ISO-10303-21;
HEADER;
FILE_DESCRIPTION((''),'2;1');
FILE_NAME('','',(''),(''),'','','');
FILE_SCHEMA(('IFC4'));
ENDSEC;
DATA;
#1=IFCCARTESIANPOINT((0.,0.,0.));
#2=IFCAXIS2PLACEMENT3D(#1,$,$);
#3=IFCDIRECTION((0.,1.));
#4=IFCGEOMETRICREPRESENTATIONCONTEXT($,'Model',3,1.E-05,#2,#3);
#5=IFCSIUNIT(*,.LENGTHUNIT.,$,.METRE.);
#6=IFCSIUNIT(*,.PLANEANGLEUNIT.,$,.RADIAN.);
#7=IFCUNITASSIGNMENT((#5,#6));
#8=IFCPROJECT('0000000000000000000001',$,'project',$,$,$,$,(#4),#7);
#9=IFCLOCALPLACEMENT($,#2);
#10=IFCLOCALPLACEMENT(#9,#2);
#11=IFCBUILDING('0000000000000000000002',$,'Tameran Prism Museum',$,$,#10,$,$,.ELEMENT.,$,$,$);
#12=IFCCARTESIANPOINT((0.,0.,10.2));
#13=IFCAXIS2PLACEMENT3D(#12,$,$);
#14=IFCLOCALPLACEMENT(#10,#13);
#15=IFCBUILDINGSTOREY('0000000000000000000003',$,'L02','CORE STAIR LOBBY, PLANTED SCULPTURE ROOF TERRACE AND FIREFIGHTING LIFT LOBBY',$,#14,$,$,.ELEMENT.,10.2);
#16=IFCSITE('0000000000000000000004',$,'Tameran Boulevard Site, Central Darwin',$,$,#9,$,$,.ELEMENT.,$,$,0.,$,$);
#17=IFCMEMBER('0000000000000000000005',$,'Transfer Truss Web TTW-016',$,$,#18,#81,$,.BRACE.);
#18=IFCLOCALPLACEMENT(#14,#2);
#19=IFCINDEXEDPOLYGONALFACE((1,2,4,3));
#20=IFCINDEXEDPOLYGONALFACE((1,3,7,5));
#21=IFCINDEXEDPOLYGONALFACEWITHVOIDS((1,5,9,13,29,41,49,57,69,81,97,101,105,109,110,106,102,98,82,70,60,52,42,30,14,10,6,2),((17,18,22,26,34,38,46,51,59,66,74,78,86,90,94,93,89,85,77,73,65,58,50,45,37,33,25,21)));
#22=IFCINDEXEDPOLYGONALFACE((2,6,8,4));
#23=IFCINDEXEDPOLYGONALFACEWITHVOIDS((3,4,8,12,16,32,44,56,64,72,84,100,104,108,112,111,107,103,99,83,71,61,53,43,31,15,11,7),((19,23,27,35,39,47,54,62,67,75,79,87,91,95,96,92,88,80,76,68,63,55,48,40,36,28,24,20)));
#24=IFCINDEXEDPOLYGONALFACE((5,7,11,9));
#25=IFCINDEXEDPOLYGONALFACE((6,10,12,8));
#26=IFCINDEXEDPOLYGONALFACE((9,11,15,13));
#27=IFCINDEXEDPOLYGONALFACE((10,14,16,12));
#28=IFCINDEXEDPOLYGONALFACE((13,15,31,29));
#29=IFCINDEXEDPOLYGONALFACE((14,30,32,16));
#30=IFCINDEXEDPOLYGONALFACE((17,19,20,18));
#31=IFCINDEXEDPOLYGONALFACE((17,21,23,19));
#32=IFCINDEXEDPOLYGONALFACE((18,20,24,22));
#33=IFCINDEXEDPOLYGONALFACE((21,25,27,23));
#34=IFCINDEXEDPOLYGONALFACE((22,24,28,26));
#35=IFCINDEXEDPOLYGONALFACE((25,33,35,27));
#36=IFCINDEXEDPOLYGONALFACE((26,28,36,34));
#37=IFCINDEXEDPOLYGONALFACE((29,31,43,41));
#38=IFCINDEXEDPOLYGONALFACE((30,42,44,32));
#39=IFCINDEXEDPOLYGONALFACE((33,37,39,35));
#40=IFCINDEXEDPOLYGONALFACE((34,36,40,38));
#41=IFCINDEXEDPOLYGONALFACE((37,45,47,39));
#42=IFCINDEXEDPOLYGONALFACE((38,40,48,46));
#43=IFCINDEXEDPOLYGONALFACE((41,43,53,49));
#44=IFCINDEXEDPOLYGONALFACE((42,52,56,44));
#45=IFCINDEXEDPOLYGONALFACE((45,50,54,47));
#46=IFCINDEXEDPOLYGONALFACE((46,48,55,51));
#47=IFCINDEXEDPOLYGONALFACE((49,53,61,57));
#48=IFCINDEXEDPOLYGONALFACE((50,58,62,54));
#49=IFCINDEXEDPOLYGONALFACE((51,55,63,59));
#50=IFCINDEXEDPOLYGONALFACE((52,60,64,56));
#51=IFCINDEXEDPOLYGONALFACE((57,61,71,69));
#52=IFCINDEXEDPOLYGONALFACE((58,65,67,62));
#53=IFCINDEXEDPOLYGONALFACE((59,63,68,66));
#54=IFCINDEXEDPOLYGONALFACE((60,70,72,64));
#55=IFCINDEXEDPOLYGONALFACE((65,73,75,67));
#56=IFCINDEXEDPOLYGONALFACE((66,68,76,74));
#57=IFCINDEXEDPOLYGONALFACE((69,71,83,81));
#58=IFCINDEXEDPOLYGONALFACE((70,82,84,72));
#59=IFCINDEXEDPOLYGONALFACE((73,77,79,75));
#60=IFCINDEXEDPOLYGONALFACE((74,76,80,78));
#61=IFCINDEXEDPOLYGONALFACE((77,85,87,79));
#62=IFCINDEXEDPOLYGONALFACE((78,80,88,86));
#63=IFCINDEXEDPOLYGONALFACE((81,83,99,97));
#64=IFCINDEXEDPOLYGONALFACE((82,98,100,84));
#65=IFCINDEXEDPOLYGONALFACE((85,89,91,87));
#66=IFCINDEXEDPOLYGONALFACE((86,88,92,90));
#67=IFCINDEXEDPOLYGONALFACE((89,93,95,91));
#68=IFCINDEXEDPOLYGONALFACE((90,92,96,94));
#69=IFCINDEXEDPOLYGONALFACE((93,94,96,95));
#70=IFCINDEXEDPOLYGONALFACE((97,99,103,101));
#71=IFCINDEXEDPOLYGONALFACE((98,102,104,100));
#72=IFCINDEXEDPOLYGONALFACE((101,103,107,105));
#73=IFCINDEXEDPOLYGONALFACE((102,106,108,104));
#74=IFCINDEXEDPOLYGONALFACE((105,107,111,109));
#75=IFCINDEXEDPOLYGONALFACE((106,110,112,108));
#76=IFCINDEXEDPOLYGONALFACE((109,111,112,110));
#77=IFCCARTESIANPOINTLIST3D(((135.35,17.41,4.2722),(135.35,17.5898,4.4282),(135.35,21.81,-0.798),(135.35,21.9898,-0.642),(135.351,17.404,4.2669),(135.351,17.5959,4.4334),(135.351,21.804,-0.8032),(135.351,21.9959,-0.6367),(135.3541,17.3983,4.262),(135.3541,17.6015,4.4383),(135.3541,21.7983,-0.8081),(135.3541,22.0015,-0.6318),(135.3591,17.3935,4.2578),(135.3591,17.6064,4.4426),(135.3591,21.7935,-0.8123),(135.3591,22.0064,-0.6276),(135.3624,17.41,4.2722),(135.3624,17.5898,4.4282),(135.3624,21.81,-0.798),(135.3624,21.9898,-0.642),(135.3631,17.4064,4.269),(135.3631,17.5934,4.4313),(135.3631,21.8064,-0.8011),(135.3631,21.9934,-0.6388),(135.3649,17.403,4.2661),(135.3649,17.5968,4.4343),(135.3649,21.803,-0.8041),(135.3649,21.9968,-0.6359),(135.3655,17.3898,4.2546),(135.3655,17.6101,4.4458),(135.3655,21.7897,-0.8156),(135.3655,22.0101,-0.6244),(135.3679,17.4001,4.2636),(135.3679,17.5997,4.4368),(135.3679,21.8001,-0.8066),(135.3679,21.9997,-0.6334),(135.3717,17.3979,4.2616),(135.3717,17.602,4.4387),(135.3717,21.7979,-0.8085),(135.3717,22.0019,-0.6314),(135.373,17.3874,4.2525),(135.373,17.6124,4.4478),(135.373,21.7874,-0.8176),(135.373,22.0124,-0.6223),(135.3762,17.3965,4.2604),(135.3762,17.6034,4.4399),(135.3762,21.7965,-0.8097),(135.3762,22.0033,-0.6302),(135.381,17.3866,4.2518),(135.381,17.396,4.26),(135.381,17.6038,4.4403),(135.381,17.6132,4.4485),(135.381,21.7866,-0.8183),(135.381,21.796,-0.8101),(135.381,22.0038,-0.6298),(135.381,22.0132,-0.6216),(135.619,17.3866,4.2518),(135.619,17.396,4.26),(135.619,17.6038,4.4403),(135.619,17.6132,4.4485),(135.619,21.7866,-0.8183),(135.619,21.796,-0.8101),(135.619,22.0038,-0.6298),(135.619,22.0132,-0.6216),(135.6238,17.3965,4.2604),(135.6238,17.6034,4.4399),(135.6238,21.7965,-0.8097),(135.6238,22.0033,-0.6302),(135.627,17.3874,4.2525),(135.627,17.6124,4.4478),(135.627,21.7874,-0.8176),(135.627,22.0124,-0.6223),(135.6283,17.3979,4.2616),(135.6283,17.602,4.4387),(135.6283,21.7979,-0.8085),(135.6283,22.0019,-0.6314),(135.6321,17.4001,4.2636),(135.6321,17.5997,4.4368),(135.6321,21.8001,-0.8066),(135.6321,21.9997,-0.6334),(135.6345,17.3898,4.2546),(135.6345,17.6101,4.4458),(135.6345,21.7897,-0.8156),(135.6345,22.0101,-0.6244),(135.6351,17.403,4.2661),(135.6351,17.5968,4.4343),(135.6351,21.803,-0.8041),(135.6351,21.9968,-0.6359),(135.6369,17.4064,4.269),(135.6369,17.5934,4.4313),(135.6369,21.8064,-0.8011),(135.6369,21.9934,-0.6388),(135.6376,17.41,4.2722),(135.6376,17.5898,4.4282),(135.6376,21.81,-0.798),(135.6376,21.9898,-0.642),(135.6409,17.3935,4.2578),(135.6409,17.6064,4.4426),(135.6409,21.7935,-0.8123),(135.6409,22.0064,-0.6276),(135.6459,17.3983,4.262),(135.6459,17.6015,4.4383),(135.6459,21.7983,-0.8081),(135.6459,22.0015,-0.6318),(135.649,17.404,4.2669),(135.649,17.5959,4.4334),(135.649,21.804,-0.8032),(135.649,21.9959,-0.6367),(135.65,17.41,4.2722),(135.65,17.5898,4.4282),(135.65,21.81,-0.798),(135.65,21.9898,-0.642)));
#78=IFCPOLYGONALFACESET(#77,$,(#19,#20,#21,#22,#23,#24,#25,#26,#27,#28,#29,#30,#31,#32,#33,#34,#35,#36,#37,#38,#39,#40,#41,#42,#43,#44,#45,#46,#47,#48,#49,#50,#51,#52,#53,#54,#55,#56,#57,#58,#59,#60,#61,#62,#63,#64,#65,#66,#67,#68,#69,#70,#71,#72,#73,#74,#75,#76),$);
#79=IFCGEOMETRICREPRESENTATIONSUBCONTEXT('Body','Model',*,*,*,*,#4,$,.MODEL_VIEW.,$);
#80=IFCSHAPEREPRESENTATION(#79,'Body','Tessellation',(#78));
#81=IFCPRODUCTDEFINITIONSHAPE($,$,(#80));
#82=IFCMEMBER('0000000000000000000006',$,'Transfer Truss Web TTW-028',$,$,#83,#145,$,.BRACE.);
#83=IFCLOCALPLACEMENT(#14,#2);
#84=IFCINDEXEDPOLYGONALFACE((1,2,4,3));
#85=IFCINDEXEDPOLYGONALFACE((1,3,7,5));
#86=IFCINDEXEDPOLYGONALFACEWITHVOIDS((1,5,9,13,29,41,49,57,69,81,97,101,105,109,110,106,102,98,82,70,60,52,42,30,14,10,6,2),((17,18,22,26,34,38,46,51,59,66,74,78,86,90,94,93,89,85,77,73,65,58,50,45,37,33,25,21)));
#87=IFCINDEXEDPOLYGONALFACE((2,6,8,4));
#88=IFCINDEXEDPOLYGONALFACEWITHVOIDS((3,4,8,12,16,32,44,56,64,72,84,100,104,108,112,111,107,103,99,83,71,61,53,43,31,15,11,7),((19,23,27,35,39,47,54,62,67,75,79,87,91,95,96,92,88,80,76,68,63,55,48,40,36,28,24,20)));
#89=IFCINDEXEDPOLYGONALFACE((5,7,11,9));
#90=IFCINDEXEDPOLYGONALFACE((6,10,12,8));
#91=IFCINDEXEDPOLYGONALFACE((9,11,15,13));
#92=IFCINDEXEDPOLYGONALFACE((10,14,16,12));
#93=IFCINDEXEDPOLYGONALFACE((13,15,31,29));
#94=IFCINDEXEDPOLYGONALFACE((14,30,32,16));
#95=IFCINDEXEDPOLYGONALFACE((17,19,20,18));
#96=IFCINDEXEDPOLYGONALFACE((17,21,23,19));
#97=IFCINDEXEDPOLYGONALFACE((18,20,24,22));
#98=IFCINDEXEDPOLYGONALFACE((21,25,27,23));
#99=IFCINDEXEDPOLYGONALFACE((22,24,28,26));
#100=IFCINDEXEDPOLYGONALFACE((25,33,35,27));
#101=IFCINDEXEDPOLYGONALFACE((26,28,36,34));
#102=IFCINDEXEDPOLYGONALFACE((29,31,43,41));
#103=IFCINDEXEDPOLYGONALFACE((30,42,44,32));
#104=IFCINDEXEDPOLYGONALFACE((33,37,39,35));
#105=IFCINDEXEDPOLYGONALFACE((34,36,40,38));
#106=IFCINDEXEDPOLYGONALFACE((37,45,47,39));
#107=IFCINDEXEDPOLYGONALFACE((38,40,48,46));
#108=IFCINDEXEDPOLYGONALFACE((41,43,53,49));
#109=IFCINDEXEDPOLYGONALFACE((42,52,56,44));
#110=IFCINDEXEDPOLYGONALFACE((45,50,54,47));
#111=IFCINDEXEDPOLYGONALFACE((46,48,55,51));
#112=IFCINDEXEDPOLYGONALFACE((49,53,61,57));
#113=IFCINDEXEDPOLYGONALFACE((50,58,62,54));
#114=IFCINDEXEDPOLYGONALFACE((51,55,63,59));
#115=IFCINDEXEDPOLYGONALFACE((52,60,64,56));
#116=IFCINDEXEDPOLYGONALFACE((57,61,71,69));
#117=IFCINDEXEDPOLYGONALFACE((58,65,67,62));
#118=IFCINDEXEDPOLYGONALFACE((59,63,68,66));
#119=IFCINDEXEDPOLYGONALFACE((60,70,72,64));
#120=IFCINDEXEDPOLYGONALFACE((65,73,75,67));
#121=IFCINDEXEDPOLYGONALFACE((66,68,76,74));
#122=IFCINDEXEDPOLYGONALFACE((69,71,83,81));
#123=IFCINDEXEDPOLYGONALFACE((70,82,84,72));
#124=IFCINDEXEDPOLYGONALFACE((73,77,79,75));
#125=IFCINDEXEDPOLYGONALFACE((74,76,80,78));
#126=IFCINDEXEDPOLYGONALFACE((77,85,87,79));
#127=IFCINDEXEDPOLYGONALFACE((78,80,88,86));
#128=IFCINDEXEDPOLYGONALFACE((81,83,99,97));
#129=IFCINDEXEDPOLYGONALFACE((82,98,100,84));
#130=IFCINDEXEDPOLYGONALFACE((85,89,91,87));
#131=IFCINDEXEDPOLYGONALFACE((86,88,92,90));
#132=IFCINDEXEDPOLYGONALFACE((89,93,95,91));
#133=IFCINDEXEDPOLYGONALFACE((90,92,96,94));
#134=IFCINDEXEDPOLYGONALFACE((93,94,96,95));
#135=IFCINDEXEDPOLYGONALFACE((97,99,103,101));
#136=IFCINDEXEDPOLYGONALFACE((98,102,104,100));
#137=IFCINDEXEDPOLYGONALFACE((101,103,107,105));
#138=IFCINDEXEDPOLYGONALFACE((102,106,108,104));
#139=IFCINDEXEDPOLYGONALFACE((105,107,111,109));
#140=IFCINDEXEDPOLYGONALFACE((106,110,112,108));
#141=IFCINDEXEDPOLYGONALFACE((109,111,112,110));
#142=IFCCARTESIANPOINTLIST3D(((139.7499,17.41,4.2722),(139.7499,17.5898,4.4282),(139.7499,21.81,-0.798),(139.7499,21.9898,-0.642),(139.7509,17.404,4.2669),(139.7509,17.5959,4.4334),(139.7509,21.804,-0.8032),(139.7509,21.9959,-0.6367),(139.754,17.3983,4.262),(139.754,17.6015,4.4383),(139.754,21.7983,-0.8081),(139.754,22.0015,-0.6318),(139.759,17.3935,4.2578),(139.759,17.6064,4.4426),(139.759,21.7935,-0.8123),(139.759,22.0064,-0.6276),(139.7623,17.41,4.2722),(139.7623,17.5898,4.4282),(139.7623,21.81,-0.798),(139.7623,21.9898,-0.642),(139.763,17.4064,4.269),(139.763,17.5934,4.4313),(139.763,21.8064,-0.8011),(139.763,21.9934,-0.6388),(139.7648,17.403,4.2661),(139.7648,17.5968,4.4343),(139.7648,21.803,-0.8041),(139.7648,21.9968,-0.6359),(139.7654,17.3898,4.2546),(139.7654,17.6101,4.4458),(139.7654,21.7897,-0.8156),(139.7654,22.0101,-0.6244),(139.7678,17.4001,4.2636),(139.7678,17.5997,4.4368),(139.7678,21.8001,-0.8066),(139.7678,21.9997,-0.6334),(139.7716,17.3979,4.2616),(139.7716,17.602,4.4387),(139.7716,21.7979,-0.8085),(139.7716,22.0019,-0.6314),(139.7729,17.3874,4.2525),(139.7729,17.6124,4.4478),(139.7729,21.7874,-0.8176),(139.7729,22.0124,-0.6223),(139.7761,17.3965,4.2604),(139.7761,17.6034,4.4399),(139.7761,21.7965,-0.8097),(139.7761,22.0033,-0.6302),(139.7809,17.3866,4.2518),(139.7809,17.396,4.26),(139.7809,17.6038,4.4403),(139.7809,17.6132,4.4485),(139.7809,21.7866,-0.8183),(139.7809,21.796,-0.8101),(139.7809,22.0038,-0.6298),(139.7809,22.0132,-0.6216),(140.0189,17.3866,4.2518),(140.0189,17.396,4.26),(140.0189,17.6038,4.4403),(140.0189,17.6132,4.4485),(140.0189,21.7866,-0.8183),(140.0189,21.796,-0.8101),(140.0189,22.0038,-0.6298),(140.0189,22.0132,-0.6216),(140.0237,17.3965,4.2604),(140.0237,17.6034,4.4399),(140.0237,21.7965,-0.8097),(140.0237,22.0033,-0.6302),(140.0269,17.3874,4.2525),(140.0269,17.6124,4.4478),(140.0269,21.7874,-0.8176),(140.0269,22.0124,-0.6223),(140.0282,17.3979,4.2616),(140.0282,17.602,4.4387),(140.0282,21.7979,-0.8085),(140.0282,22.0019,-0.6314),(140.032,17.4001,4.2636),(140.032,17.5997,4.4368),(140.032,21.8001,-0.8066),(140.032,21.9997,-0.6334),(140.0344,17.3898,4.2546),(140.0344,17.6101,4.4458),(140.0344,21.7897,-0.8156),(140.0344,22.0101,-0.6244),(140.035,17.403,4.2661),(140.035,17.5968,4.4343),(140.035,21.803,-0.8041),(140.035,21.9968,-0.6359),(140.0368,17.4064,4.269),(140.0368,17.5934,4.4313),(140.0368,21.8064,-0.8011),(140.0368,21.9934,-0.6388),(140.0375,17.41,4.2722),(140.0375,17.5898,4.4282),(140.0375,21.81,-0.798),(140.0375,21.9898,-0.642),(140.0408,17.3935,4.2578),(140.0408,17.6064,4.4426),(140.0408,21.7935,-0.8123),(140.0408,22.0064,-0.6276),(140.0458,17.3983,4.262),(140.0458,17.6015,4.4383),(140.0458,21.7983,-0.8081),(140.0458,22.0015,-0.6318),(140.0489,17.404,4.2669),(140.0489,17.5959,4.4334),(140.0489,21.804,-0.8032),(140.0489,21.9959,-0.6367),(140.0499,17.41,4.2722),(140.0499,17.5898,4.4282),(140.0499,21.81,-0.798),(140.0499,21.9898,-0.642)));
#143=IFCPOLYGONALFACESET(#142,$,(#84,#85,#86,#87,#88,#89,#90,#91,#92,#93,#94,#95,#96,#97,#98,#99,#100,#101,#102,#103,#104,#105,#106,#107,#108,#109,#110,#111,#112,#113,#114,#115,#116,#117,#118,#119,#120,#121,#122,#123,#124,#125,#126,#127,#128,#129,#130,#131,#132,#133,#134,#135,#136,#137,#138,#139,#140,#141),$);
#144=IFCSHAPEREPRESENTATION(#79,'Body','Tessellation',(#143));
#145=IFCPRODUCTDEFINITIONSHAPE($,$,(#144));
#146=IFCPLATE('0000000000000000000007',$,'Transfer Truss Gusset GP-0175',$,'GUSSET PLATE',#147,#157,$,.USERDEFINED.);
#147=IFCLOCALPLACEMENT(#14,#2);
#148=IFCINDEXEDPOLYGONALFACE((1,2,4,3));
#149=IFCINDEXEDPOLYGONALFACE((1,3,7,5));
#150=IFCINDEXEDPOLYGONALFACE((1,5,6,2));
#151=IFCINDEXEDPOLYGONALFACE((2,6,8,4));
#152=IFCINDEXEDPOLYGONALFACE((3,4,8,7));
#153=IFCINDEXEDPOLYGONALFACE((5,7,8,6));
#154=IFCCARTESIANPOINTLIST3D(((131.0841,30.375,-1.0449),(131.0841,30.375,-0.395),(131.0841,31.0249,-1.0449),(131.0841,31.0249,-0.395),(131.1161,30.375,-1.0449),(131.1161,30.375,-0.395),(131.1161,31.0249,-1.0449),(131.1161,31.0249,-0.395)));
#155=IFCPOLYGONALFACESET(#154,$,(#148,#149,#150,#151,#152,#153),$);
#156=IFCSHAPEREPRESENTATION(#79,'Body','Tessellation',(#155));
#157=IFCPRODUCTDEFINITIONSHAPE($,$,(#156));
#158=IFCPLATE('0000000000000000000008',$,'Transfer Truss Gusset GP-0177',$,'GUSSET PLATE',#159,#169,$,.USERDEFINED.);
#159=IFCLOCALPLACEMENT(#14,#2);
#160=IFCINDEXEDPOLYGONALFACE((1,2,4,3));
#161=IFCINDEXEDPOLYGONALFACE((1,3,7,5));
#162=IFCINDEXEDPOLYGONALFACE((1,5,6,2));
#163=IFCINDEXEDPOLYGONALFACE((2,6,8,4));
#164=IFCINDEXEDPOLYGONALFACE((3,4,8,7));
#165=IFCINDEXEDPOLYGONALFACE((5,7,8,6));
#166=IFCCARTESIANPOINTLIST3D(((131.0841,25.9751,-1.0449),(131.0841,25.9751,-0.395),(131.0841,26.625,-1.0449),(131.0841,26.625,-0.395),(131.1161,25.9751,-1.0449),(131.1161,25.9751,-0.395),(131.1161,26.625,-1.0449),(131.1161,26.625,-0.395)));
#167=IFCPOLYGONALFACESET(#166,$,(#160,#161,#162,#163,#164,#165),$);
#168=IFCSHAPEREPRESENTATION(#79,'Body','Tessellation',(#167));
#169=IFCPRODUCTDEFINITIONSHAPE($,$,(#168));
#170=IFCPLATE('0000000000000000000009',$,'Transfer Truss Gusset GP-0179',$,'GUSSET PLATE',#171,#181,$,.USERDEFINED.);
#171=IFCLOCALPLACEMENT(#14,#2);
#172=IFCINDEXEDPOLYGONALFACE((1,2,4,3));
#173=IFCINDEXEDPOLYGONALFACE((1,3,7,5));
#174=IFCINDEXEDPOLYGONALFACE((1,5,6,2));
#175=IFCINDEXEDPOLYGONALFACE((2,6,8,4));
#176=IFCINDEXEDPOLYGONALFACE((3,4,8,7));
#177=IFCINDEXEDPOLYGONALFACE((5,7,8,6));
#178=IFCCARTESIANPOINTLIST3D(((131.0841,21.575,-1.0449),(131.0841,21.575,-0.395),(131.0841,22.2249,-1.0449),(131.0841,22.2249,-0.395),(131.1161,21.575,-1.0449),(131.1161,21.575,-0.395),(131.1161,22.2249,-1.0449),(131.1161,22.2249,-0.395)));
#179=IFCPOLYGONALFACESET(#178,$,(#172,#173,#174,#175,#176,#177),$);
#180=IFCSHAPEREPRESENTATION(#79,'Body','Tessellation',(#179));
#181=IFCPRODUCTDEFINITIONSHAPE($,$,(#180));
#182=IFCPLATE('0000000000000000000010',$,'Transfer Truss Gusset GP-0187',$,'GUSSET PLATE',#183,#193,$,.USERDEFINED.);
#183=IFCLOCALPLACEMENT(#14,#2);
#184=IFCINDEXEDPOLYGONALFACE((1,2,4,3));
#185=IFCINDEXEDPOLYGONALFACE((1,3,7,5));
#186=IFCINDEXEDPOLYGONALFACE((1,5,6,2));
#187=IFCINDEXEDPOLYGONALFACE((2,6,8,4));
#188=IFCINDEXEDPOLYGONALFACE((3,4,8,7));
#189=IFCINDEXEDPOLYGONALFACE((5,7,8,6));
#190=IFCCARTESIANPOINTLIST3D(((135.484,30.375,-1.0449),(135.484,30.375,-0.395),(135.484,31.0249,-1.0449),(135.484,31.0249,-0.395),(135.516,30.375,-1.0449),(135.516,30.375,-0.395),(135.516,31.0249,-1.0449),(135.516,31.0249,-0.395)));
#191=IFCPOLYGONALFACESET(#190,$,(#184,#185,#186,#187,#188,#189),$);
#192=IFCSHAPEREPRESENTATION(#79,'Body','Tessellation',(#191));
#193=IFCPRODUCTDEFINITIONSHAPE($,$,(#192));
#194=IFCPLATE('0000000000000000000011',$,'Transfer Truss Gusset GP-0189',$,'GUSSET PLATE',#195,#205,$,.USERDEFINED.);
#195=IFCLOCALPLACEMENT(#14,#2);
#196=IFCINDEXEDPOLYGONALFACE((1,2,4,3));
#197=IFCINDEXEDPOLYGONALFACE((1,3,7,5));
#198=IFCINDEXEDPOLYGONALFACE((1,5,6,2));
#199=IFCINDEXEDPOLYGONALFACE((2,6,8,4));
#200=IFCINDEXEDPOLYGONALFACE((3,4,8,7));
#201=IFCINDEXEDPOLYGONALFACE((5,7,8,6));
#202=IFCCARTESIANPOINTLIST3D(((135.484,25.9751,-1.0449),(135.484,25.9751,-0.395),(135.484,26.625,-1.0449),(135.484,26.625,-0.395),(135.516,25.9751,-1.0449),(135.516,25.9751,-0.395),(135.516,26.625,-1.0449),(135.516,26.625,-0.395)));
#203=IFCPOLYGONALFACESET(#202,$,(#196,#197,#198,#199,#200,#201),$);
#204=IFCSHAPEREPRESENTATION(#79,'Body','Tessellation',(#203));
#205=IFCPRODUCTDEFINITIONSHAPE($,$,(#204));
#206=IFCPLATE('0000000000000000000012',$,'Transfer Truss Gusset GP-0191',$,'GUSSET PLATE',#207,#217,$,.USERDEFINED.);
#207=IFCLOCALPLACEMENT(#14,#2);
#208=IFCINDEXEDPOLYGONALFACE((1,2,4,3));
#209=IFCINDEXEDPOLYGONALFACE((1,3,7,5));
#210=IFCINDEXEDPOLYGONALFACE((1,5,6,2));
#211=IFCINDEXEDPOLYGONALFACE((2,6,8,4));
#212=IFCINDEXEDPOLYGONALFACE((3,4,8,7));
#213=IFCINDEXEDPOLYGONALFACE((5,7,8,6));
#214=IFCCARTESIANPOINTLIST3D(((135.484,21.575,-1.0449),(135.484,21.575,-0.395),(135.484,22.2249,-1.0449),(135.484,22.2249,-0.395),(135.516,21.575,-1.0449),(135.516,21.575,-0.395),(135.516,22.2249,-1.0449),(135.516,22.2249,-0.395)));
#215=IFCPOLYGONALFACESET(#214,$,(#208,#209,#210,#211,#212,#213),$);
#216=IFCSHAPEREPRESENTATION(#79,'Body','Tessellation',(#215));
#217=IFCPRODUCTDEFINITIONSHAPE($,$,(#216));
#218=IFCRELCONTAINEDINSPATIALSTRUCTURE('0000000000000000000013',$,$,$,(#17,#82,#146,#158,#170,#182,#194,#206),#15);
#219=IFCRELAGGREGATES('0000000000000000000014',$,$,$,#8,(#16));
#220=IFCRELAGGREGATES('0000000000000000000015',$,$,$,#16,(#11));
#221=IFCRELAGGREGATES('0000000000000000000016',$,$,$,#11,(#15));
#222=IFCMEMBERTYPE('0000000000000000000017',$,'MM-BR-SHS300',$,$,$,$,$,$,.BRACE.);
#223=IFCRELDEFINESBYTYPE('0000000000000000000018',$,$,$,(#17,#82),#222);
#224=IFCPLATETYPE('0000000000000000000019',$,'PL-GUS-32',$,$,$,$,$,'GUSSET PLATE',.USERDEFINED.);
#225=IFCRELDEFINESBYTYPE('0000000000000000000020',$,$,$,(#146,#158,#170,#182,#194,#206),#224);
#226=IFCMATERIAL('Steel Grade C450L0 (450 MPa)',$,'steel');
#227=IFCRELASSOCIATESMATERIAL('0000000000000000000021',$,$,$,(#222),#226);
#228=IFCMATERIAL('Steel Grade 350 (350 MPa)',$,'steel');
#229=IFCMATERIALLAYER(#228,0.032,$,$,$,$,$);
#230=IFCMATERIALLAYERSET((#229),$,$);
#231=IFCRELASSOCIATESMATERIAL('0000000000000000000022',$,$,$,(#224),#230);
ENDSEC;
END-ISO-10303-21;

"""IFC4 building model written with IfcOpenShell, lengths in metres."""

from ifc_helpers import new_model, si_unit, direction, frame, origin, origin_2d, place, context, subcontext, project, spatial, rectangle, hollow_rectangle, extrude, material, layer, layer_set, material_profile, profile_set, type_object, element, save


model = new_model("IFC4")

# Units and contexts
model_context = context("Model", 3, precision=1e-05, world=origin(), true_north=direction((0.0, 1.0)))
body_context = subcontext(model_context, "Body", "Model", "MODEL_VIEW")
ifc_project = project(units=[si_unit("LENGTHUNIT", "METRE"), si_unit("PLANEANGLEUNIT", "RADIAN")], contexts=[model_context])

# Site, building, storey
site_placement = place(None, origin())
site = spatial("IfcSite", under=ifc_project, at=site_placement, Name="Tameran Boulevard Site, Central Darwin", CompositionType="ELEMENT", RefElevation=0.0)
building_placement = place(site_placement, origin())
building = spatial("IfcBuilding", under=site, at=building_placement, Name="Tameran Prism Museum", CompositionType="ELEMENT")
storey_placement = place(building_placement, frame((0.0, 0.0, 10.2)))
storey = spatial("IfcBuildingStorey", under=building, at=storey_placement, Name="L02", Description="CORE STAIR LOBBY, PLANTED SCULPTURE ROOF TERRACE AND FIREFIGHTING LIFT LOBBY", CompositionType="ELEMENT", Elevation=10.2)

# Members
ifc_material_1 = material(Name="Steel Grade C450L0 (450 MPa)", Category="steel")
ifc_material_profile_1 = material_profile(ifc_material_1, hollow_rectangle(XDim=0.3, YDim=0.3, WallThickness=0.0125, InnerFilletRadius=0.0186, OuterFilletRadius=0.031, at=origin_2d()))
ifc_profile_set_1 = profile_set([ifc_material_profile_1])
member_type_1 = type_object("IfcMemberType", Name="MM-BR-SHS300", PredefinedType="BRACE", material=ifc_profile_set_1)
for number, where, z_axis, x_axis, name in (
    (1, (135.5, 21.8999, -0.72), (0.0, -0.655427, 0.755258), (1.0, 0.0, 0.0), "Transfer Truss Web TTW-016"),
    (2, (139.8999, 21.8999, -0.72), (0.0, -0.655427, 0.755258), (1.0, 0.0, 0.0), "Transfer Truss Web TTW-028"),
):
    element("IfcMember", number, at=place(storey_placement, frame(where, z_axis=z_axis, x_axis=x_axis)), inside=storey, type_object=member_type_1, Name=name, PredefinedType="BRACE", context=body_context, shape_type="SweptSolid", body=[
        extrude(hollow_rectangle(XDim=0.3, YDim=0.3, WallThickness=0.0125, InnerFilletRadius=0.0186, OuterFilletRadius=0.031, at=origin_2d()), origin(), (0.0, 0.0, 1.0), 6.7131),
    ])

# Plates
ifc_material_2 = material(Name="Steel Grade 350 (350 MPa)", Category="steel")
ifc_layer = layer(ifc_material_2, 0.032)
ifc_layer_set = layer_set([ifc_layer])
plate_type = type_object("IfcPlateType", Name="PL-GUS-32", ElementType="GUSSET PLATE", PredefinedType="USERDEFINED", material=ifc_layer_set)
for number, where, z_axis, x_axis, name in (
    (3, (131.1001, 30.7, -1.0449), (0.0, 0.0, 1.0), (1.0, 0.0, 0.0), "Transfer Truss Gusset GP-0175"),
    (4, (131.1001, 26.3, -1.0449), (0.0, 0.0, 1.0), (1.0, 0.0, 0.0), "Transfer Truss Gusset GP-0177"),
    (5, (131.1001, 21.8999, -1.0449), (0.0, 0.0, 1.0), (1.0, 0.0, 0.0), "Transfer Truss Gusset GP-0179"),
    (6, (135.5, 30.7, -1.0449), (0.0, 0.0, 1.0), (1.0, 0.0, 0.0), "Transfer Truss Gusset GP-0187"),
    (7, (135.5, 26.3, -1.0449), (0.0, 0.0, 1.0), (1.0, 0.0, 0.0), "Transfer Truss Gusset GP-0189"),
    (8, (135.5, 21.8999, -1.0449), (0.0, 0.0, 1.0), (1.0, 0.0, 0.0), "Transfer Truss Gusset GP-0191"),
):
    element("IfcPlate", number, at=place(storey_placement, frame(where, z_axis=z_axis, x_axis=x_axis)), inside=storey, type_object=plate_type, Name=name, ObjectType="GUSSET PLATE", PredefinedType="USERDEFINED", context=body_context, shape_type="SweptSolid", body=[
        extrude(rectangle(XDim=0.032, YDim=0.6499, at=origin_2d()), origin(), (0.0, 0.0, 1.0), 0.6499),
    ])

save(model, "model.ifc")
